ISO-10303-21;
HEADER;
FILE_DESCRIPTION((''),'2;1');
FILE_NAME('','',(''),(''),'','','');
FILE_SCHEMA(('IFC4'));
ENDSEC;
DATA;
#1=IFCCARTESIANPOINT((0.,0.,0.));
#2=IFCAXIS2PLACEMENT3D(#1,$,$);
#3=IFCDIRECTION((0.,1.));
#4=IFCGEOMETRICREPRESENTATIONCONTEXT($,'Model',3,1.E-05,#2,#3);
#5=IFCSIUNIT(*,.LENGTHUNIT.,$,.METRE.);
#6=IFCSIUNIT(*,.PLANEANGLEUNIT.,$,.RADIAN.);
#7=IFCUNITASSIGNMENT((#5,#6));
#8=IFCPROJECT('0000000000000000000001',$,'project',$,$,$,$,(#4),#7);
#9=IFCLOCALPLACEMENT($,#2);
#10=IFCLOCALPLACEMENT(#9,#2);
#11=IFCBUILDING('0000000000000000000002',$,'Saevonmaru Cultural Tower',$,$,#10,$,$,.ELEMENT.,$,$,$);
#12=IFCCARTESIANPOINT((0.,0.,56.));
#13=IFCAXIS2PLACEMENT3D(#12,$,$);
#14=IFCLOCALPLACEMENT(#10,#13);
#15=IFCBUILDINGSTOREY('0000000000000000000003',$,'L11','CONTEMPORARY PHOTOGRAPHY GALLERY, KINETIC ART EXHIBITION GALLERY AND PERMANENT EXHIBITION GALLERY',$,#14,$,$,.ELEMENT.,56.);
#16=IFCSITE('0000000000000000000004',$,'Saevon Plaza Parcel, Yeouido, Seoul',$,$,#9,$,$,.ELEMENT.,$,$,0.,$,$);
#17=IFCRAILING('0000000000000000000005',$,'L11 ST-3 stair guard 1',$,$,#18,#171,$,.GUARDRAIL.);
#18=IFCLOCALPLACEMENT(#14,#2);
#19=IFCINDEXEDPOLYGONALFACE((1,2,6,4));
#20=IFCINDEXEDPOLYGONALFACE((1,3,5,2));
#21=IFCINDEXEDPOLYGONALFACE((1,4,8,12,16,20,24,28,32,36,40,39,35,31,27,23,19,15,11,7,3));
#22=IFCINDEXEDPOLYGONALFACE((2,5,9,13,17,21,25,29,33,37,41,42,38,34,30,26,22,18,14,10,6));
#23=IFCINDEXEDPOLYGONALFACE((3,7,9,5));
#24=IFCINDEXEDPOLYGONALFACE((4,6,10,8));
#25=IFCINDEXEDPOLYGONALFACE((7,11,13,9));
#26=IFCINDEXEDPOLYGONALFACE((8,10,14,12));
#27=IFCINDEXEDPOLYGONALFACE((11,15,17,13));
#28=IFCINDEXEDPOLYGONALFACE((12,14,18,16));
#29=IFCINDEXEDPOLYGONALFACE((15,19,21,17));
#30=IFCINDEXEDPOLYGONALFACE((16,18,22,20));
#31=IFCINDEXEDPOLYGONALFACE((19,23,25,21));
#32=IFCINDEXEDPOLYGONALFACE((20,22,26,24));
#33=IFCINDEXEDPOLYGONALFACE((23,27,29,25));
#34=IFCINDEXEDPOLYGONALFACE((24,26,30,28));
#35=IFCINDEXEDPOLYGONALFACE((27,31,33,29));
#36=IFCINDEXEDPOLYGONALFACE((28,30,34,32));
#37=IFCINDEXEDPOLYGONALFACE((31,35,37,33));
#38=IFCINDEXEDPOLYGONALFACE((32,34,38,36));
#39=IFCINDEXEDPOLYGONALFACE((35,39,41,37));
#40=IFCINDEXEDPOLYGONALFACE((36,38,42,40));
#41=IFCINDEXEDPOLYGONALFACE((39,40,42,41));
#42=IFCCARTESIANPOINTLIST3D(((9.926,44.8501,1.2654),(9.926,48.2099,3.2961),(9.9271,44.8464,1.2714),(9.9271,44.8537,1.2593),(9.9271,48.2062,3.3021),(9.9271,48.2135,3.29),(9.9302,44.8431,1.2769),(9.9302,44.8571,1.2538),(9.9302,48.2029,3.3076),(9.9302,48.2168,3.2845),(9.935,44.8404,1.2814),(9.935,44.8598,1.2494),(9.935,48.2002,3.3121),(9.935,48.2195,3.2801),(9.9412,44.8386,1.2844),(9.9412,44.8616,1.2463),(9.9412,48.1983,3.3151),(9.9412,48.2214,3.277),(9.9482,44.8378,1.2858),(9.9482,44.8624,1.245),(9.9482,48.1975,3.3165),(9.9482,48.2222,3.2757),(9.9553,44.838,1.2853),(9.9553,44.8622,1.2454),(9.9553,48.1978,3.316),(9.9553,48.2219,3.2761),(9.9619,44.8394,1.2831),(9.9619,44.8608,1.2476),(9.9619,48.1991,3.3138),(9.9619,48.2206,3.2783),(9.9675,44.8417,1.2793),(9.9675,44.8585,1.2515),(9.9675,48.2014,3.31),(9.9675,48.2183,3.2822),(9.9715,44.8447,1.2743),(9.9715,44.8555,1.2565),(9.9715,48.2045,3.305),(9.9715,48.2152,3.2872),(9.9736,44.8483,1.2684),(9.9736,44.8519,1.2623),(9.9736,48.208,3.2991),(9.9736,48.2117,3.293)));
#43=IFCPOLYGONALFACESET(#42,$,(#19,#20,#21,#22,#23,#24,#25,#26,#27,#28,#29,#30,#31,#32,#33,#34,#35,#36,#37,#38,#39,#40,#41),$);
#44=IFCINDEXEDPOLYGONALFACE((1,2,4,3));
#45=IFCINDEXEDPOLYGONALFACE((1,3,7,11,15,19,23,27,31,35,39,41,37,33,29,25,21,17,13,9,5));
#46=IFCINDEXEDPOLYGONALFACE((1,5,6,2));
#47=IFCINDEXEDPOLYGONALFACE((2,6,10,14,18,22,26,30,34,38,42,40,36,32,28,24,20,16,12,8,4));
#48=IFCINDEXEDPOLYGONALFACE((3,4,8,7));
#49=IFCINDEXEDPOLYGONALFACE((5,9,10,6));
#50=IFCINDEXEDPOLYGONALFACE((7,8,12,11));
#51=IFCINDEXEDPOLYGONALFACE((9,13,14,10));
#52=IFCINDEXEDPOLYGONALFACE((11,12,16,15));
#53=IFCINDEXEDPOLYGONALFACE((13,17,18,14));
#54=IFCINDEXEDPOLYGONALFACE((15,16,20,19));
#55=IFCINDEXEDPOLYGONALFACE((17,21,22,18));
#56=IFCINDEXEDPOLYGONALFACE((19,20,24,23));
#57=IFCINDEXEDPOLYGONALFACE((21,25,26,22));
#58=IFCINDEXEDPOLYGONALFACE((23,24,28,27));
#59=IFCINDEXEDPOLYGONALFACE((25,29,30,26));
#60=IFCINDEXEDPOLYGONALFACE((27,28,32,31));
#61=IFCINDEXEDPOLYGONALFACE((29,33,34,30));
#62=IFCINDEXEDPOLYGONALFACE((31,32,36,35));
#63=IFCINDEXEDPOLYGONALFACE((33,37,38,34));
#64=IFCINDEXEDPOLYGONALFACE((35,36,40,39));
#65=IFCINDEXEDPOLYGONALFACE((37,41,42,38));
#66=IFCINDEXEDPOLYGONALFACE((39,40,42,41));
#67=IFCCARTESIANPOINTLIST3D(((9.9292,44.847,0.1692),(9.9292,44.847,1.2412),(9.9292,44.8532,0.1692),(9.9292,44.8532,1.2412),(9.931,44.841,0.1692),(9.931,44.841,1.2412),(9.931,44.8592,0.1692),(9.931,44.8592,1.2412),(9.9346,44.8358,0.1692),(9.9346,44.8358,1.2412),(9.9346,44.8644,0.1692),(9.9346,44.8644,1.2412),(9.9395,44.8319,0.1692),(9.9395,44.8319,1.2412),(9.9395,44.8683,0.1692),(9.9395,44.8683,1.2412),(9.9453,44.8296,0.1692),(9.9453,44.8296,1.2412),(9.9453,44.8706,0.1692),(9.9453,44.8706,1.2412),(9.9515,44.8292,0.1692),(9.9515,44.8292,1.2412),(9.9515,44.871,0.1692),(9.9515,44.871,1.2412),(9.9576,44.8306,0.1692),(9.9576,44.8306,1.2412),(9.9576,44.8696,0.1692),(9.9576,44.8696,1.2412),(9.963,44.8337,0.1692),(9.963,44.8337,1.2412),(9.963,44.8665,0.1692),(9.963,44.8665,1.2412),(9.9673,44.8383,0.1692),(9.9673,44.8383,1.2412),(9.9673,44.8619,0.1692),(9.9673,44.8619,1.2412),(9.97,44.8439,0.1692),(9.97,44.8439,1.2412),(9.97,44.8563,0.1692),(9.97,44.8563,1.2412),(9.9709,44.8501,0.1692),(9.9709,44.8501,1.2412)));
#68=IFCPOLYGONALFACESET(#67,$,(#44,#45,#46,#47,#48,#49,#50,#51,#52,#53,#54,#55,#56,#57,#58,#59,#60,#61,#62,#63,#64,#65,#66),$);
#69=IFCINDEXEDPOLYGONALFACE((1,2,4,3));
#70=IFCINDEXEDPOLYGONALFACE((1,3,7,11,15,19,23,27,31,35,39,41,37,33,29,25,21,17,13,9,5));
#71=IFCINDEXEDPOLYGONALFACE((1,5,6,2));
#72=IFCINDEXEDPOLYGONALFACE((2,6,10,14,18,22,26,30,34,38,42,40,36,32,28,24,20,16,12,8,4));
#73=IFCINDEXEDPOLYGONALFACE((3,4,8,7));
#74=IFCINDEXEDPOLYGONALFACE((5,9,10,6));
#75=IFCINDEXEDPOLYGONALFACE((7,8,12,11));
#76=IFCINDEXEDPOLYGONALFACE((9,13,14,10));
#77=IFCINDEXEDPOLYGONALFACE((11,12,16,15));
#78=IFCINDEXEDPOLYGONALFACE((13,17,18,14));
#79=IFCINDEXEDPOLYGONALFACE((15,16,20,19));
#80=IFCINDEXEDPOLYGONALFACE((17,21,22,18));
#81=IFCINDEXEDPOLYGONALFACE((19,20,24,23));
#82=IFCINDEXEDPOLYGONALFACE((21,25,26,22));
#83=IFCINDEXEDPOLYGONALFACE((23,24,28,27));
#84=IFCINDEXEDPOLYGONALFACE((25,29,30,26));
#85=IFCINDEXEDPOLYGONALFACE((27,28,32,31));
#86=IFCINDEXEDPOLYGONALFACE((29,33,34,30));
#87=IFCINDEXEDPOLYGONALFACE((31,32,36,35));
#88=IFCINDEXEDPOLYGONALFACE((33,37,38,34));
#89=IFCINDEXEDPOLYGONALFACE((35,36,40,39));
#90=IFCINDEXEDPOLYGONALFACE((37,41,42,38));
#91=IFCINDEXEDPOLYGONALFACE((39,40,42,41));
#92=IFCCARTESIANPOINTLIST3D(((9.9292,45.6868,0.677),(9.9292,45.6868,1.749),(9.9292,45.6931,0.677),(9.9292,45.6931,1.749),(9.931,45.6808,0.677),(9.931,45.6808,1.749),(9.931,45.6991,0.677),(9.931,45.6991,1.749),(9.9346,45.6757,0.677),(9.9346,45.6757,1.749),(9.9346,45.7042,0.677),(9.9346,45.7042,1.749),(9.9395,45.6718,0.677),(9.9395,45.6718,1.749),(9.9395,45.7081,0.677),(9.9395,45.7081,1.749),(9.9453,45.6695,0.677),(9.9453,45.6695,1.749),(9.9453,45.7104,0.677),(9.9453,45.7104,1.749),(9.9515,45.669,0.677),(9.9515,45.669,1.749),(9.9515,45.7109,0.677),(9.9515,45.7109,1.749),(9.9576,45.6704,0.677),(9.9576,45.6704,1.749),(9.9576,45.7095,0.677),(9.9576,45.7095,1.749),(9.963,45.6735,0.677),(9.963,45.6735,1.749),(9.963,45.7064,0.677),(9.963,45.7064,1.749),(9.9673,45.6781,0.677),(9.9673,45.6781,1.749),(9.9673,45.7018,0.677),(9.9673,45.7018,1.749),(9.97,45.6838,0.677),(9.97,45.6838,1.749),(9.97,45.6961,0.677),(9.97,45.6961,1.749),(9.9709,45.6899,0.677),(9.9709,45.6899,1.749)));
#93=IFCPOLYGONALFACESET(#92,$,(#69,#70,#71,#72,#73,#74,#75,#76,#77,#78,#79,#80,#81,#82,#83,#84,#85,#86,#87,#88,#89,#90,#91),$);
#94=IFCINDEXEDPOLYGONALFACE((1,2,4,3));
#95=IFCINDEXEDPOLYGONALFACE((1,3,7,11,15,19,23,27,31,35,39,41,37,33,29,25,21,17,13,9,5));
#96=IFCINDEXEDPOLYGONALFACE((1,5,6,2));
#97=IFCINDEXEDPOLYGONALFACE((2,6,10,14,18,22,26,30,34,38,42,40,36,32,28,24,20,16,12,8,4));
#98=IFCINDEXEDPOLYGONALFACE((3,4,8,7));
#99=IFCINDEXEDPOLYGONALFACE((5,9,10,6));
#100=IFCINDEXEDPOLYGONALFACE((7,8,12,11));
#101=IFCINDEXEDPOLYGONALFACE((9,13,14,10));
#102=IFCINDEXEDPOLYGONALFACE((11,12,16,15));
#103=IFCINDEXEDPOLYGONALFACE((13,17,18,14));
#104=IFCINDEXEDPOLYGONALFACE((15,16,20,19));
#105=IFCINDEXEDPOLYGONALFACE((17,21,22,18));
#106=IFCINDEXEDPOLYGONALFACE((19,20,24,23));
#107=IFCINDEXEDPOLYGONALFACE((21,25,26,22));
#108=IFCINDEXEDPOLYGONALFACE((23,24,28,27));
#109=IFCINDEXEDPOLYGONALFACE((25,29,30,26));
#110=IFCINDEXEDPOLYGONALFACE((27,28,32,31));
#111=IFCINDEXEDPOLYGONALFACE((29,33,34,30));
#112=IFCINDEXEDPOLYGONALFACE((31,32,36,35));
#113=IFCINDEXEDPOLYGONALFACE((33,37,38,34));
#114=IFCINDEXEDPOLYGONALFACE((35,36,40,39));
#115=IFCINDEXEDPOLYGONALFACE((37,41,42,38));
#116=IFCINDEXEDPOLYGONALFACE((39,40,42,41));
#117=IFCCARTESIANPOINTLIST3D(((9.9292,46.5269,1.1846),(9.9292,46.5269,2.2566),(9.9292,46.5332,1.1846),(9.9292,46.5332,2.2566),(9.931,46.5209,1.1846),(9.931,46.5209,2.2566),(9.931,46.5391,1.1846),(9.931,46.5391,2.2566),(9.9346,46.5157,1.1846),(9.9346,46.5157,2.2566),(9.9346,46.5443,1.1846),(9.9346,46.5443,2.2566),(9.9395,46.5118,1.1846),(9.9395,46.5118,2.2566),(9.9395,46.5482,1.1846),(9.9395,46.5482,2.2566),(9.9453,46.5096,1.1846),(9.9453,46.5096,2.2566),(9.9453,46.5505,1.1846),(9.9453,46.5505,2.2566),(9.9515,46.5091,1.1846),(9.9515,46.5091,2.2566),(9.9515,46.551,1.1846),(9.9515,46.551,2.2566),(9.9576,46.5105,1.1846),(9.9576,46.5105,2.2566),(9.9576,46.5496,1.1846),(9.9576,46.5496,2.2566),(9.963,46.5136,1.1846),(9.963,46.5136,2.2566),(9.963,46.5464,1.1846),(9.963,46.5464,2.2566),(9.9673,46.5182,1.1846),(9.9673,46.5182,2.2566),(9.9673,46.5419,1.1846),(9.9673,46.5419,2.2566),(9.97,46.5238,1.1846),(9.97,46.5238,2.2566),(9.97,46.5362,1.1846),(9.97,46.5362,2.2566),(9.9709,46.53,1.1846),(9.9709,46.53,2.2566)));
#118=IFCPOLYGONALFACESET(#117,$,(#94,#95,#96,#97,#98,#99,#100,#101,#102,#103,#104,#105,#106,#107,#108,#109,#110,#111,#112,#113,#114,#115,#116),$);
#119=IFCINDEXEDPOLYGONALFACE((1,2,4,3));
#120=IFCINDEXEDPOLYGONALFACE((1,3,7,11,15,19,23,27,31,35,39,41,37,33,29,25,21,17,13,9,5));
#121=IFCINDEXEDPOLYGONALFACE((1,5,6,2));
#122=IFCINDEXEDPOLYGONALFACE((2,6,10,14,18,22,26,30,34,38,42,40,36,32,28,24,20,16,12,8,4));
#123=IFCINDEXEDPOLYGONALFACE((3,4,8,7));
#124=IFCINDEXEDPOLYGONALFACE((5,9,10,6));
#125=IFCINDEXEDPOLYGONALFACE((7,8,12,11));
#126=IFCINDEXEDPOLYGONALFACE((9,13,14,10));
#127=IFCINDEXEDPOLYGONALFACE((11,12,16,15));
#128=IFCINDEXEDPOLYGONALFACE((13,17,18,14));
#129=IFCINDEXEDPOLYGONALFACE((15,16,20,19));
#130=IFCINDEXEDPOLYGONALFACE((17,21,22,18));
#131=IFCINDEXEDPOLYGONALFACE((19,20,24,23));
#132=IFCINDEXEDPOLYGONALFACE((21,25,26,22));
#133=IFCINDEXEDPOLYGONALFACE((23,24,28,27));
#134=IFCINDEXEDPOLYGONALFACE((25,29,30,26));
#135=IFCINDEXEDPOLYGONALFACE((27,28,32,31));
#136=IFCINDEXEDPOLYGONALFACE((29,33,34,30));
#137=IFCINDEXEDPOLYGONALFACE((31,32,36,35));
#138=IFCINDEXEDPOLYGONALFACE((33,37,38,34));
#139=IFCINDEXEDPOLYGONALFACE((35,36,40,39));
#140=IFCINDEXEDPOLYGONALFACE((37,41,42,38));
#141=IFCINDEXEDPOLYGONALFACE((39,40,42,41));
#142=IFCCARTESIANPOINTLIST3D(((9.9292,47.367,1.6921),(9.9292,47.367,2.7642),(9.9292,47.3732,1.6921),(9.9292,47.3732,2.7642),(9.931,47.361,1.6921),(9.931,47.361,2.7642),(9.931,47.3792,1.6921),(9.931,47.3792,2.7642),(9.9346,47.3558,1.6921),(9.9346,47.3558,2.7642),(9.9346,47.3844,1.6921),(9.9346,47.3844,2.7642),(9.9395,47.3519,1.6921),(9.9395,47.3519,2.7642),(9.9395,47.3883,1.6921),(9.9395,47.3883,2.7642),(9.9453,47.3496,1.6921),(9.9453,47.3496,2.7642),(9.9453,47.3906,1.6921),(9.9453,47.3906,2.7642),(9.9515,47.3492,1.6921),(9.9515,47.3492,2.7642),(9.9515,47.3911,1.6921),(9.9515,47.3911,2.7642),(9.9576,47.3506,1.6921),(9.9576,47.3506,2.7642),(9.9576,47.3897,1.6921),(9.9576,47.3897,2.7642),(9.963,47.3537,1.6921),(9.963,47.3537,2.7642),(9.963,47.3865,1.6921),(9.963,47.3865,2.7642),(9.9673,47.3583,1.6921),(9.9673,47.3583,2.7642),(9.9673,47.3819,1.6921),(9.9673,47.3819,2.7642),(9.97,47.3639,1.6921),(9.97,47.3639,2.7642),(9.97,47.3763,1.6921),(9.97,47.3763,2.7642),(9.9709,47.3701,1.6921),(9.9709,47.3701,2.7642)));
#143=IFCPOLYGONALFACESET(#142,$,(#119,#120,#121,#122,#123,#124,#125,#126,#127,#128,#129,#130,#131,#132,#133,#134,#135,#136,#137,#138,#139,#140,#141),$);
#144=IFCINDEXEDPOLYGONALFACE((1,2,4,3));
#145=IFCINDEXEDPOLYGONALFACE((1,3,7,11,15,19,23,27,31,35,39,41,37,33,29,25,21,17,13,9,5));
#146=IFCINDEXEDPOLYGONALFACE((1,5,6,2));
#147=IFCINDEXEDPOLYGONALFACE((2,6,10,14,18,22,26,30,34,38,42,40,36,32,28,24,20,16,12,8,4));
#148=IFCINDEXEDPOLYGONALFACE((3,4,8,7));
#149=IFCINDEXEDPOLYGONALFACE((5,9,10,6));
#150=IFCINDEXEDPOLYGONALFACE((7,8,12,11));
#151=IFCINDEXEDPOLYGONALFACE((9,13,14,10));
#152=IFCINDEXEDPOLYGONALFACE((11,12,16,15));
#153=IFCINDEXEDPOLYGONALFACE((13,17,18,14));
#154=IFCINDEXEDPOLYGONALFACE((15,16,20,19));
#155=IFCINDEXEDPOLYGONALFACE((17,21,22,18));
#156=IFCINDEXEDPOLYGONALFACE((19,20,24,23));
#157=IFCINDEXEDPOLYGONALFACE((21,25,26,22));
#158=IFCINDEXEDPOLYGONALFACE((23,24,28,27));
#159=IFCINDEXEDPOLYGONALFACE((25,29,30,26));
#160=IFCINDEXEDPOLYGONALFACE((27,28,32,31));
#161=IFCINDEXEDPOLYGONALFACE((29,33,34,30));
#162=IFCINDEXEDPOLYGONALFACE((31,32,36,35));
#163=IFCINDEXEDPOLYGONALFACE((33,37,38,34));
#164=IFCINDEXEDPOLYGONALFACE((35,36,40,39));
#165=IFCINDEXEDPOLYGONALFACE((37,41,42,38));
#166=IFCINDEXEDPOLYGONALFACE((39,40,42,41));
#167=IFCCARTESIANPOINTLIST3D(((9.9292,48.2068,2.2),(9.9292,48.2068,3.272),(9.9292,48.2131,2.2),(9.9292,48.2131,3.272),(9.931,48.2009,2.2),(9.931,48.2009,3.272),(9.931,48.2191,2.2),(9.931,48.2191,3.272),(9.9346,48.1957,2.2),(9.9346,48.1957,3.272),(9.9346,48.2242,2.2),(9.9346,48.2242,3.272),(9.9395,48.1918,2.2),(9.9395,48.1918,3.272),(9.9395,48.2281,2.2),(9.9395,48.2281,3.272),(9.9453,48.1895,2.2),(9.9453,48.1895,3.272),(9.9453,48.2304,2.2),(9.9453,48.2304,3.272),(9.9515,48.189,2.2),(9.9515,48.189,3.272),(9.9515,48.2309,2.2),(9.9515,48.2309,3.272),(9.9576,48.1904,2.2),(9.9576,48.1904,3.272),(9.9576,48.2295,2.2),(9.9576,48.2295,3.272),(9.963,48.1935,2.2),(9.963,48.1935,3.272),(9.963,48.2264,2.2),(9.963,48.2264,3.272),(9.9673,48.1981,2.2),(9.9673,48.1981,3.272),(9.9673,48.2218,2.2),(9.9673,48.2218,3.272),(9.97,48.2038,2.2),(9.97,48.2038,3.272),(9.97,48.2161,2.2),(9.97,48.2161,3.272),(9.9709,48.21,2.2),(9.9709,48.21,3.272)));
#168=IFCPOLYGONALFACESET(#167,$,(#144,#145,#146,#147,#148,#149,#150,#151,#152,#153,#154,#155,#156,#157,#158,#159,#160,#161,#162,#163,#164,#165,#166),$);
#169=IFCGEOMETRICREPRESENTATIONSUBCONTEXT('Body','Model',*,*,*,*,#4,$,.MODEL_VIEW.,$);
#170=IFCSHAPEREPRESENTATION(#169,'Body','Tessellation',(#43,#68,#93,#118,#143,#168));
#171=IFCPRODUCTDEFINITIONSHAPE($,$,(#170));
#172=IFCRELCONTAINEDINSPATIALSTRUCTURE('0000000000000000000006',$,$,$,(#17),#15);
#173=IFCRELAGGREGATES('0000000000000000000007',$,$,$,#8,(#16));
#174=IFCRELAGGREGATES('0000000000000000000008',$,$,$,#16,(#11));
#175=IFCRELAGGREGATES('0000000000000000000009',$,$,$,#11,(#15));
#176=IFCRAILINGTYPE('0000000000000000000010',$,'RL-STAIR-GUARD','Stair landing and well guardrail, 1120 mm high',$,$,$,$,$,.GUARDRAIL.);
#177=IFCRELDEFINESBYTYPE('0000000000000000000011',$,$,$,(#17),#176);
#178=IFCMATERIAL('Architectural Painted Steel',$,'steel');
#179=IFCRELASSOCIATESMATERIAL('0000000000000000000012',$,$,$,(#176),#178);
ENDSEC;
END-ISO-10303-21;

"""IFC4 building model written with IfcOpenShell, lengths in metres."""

from ifc_helpers import new_model, si_unit, direction, frame, origin, origin_2d, place, context, subcontext, project, spatial, circle, extrude, material, type_object, element, save


model = new_model("IFC4")

# Units and contexts
model_context = context("Model", 3, precision=1e-05, world=origin(), true_north=direction((0.0, 1.0)))
body_context = subcontext(model_context, "Body", "Model", "MODEL_VIEW")
ifc_project = project(units=[si_unit("LENGTHUNIT", "METRE"), si_unit("PLANEANGLEUNIT", "RADIAN")], contexts=[model_context])

# Site, building, storey
site_placement = place(None, origin())
site = spatial("IfcSite", under=ifc_project, at=site_placement, Name="Saevon Plaza Parcel, Yeouido, Seoul", CompositionType="ELEMENT", RefElevation=0.0)
building_placement = place(site_placement, origin())
building = spatial("IfcBuilding", under=site, at=building_placement, Name="Saevonmaru Cultural Tower", CompositionType="ELEMENT")
storey_placement = place(building_placement, frame((0.0, 0.0, 56.0)))
storey = spatial("IfcBuildingStorey", under=building, at=storey_placement, Name="L11", Description="CONTEMPORARY PHOTOGRAPHY GALLERY, KINETIC ART EXHIBITION GALLERY AND PERMANENT EXHIBITION GALLERY", CompositionType="ELEMENT", Elevation=56.0)

# Railing
ifc_material_1 = material(Name="Architectural Painted Steel", Category="steel")
railing_type = type_object("IfcRailingType", Name="RL-STAIR-GUARD", Description="Stair landing and well guardrail, 1120 mm high", PredefinedType="GUARDRAIL", material=ifc_material_1)
railing_1_placement = place(storey_placement, frame((9.95, 44.8501, 0.1692)))
element("IfcRailing", 1, at=railing_1_placement, inside=storey, type_object=railing_type, Name="L11 ST-3 stair guard 1", PredefinedType="GUARDRAIL", context=body_context, shape_type="SweptSolid", body=[
    extrude(circle(Radius=0.0239, at=origin_2d()), frame((0.0, 0.0, 1.0962), z_axis=(0.0, 0.85582, 0.517273), x_axis=(-1.0, 0.0, 0.0)), (0.0, 0.0, 1.0), 3.9258),
    extrude(circle(Radius=0.021, at=origin_2d()), origin(), (0.0, 0.0, 1.0), 1.072),
    extrude(circle(Radius=0.021, at=origin_2d()), frame((0.0, 0.8398, 0.5078)), (0.0, 0.0, 1.0), 1.072),
    extrude(circle(Radius=0.021, at=origin_2d()), frame((0.0, 1.6799, 1.0154)), (0.0, 0.0, 1.0), 1.072),
    extrude(circle(Radius=0.021, at=origin_2d()), frame((0.0, 2.52, 1.5229)), (0.0, 0.0, 1.0), 1.072),
    extrude(circle(Radius=0.021, at=origin_2d()), frame((0.0, 3.3599, 2.0308)), (0.0, 0.0, 1.0), 1.072),
])

save(model, "model.ifc")
